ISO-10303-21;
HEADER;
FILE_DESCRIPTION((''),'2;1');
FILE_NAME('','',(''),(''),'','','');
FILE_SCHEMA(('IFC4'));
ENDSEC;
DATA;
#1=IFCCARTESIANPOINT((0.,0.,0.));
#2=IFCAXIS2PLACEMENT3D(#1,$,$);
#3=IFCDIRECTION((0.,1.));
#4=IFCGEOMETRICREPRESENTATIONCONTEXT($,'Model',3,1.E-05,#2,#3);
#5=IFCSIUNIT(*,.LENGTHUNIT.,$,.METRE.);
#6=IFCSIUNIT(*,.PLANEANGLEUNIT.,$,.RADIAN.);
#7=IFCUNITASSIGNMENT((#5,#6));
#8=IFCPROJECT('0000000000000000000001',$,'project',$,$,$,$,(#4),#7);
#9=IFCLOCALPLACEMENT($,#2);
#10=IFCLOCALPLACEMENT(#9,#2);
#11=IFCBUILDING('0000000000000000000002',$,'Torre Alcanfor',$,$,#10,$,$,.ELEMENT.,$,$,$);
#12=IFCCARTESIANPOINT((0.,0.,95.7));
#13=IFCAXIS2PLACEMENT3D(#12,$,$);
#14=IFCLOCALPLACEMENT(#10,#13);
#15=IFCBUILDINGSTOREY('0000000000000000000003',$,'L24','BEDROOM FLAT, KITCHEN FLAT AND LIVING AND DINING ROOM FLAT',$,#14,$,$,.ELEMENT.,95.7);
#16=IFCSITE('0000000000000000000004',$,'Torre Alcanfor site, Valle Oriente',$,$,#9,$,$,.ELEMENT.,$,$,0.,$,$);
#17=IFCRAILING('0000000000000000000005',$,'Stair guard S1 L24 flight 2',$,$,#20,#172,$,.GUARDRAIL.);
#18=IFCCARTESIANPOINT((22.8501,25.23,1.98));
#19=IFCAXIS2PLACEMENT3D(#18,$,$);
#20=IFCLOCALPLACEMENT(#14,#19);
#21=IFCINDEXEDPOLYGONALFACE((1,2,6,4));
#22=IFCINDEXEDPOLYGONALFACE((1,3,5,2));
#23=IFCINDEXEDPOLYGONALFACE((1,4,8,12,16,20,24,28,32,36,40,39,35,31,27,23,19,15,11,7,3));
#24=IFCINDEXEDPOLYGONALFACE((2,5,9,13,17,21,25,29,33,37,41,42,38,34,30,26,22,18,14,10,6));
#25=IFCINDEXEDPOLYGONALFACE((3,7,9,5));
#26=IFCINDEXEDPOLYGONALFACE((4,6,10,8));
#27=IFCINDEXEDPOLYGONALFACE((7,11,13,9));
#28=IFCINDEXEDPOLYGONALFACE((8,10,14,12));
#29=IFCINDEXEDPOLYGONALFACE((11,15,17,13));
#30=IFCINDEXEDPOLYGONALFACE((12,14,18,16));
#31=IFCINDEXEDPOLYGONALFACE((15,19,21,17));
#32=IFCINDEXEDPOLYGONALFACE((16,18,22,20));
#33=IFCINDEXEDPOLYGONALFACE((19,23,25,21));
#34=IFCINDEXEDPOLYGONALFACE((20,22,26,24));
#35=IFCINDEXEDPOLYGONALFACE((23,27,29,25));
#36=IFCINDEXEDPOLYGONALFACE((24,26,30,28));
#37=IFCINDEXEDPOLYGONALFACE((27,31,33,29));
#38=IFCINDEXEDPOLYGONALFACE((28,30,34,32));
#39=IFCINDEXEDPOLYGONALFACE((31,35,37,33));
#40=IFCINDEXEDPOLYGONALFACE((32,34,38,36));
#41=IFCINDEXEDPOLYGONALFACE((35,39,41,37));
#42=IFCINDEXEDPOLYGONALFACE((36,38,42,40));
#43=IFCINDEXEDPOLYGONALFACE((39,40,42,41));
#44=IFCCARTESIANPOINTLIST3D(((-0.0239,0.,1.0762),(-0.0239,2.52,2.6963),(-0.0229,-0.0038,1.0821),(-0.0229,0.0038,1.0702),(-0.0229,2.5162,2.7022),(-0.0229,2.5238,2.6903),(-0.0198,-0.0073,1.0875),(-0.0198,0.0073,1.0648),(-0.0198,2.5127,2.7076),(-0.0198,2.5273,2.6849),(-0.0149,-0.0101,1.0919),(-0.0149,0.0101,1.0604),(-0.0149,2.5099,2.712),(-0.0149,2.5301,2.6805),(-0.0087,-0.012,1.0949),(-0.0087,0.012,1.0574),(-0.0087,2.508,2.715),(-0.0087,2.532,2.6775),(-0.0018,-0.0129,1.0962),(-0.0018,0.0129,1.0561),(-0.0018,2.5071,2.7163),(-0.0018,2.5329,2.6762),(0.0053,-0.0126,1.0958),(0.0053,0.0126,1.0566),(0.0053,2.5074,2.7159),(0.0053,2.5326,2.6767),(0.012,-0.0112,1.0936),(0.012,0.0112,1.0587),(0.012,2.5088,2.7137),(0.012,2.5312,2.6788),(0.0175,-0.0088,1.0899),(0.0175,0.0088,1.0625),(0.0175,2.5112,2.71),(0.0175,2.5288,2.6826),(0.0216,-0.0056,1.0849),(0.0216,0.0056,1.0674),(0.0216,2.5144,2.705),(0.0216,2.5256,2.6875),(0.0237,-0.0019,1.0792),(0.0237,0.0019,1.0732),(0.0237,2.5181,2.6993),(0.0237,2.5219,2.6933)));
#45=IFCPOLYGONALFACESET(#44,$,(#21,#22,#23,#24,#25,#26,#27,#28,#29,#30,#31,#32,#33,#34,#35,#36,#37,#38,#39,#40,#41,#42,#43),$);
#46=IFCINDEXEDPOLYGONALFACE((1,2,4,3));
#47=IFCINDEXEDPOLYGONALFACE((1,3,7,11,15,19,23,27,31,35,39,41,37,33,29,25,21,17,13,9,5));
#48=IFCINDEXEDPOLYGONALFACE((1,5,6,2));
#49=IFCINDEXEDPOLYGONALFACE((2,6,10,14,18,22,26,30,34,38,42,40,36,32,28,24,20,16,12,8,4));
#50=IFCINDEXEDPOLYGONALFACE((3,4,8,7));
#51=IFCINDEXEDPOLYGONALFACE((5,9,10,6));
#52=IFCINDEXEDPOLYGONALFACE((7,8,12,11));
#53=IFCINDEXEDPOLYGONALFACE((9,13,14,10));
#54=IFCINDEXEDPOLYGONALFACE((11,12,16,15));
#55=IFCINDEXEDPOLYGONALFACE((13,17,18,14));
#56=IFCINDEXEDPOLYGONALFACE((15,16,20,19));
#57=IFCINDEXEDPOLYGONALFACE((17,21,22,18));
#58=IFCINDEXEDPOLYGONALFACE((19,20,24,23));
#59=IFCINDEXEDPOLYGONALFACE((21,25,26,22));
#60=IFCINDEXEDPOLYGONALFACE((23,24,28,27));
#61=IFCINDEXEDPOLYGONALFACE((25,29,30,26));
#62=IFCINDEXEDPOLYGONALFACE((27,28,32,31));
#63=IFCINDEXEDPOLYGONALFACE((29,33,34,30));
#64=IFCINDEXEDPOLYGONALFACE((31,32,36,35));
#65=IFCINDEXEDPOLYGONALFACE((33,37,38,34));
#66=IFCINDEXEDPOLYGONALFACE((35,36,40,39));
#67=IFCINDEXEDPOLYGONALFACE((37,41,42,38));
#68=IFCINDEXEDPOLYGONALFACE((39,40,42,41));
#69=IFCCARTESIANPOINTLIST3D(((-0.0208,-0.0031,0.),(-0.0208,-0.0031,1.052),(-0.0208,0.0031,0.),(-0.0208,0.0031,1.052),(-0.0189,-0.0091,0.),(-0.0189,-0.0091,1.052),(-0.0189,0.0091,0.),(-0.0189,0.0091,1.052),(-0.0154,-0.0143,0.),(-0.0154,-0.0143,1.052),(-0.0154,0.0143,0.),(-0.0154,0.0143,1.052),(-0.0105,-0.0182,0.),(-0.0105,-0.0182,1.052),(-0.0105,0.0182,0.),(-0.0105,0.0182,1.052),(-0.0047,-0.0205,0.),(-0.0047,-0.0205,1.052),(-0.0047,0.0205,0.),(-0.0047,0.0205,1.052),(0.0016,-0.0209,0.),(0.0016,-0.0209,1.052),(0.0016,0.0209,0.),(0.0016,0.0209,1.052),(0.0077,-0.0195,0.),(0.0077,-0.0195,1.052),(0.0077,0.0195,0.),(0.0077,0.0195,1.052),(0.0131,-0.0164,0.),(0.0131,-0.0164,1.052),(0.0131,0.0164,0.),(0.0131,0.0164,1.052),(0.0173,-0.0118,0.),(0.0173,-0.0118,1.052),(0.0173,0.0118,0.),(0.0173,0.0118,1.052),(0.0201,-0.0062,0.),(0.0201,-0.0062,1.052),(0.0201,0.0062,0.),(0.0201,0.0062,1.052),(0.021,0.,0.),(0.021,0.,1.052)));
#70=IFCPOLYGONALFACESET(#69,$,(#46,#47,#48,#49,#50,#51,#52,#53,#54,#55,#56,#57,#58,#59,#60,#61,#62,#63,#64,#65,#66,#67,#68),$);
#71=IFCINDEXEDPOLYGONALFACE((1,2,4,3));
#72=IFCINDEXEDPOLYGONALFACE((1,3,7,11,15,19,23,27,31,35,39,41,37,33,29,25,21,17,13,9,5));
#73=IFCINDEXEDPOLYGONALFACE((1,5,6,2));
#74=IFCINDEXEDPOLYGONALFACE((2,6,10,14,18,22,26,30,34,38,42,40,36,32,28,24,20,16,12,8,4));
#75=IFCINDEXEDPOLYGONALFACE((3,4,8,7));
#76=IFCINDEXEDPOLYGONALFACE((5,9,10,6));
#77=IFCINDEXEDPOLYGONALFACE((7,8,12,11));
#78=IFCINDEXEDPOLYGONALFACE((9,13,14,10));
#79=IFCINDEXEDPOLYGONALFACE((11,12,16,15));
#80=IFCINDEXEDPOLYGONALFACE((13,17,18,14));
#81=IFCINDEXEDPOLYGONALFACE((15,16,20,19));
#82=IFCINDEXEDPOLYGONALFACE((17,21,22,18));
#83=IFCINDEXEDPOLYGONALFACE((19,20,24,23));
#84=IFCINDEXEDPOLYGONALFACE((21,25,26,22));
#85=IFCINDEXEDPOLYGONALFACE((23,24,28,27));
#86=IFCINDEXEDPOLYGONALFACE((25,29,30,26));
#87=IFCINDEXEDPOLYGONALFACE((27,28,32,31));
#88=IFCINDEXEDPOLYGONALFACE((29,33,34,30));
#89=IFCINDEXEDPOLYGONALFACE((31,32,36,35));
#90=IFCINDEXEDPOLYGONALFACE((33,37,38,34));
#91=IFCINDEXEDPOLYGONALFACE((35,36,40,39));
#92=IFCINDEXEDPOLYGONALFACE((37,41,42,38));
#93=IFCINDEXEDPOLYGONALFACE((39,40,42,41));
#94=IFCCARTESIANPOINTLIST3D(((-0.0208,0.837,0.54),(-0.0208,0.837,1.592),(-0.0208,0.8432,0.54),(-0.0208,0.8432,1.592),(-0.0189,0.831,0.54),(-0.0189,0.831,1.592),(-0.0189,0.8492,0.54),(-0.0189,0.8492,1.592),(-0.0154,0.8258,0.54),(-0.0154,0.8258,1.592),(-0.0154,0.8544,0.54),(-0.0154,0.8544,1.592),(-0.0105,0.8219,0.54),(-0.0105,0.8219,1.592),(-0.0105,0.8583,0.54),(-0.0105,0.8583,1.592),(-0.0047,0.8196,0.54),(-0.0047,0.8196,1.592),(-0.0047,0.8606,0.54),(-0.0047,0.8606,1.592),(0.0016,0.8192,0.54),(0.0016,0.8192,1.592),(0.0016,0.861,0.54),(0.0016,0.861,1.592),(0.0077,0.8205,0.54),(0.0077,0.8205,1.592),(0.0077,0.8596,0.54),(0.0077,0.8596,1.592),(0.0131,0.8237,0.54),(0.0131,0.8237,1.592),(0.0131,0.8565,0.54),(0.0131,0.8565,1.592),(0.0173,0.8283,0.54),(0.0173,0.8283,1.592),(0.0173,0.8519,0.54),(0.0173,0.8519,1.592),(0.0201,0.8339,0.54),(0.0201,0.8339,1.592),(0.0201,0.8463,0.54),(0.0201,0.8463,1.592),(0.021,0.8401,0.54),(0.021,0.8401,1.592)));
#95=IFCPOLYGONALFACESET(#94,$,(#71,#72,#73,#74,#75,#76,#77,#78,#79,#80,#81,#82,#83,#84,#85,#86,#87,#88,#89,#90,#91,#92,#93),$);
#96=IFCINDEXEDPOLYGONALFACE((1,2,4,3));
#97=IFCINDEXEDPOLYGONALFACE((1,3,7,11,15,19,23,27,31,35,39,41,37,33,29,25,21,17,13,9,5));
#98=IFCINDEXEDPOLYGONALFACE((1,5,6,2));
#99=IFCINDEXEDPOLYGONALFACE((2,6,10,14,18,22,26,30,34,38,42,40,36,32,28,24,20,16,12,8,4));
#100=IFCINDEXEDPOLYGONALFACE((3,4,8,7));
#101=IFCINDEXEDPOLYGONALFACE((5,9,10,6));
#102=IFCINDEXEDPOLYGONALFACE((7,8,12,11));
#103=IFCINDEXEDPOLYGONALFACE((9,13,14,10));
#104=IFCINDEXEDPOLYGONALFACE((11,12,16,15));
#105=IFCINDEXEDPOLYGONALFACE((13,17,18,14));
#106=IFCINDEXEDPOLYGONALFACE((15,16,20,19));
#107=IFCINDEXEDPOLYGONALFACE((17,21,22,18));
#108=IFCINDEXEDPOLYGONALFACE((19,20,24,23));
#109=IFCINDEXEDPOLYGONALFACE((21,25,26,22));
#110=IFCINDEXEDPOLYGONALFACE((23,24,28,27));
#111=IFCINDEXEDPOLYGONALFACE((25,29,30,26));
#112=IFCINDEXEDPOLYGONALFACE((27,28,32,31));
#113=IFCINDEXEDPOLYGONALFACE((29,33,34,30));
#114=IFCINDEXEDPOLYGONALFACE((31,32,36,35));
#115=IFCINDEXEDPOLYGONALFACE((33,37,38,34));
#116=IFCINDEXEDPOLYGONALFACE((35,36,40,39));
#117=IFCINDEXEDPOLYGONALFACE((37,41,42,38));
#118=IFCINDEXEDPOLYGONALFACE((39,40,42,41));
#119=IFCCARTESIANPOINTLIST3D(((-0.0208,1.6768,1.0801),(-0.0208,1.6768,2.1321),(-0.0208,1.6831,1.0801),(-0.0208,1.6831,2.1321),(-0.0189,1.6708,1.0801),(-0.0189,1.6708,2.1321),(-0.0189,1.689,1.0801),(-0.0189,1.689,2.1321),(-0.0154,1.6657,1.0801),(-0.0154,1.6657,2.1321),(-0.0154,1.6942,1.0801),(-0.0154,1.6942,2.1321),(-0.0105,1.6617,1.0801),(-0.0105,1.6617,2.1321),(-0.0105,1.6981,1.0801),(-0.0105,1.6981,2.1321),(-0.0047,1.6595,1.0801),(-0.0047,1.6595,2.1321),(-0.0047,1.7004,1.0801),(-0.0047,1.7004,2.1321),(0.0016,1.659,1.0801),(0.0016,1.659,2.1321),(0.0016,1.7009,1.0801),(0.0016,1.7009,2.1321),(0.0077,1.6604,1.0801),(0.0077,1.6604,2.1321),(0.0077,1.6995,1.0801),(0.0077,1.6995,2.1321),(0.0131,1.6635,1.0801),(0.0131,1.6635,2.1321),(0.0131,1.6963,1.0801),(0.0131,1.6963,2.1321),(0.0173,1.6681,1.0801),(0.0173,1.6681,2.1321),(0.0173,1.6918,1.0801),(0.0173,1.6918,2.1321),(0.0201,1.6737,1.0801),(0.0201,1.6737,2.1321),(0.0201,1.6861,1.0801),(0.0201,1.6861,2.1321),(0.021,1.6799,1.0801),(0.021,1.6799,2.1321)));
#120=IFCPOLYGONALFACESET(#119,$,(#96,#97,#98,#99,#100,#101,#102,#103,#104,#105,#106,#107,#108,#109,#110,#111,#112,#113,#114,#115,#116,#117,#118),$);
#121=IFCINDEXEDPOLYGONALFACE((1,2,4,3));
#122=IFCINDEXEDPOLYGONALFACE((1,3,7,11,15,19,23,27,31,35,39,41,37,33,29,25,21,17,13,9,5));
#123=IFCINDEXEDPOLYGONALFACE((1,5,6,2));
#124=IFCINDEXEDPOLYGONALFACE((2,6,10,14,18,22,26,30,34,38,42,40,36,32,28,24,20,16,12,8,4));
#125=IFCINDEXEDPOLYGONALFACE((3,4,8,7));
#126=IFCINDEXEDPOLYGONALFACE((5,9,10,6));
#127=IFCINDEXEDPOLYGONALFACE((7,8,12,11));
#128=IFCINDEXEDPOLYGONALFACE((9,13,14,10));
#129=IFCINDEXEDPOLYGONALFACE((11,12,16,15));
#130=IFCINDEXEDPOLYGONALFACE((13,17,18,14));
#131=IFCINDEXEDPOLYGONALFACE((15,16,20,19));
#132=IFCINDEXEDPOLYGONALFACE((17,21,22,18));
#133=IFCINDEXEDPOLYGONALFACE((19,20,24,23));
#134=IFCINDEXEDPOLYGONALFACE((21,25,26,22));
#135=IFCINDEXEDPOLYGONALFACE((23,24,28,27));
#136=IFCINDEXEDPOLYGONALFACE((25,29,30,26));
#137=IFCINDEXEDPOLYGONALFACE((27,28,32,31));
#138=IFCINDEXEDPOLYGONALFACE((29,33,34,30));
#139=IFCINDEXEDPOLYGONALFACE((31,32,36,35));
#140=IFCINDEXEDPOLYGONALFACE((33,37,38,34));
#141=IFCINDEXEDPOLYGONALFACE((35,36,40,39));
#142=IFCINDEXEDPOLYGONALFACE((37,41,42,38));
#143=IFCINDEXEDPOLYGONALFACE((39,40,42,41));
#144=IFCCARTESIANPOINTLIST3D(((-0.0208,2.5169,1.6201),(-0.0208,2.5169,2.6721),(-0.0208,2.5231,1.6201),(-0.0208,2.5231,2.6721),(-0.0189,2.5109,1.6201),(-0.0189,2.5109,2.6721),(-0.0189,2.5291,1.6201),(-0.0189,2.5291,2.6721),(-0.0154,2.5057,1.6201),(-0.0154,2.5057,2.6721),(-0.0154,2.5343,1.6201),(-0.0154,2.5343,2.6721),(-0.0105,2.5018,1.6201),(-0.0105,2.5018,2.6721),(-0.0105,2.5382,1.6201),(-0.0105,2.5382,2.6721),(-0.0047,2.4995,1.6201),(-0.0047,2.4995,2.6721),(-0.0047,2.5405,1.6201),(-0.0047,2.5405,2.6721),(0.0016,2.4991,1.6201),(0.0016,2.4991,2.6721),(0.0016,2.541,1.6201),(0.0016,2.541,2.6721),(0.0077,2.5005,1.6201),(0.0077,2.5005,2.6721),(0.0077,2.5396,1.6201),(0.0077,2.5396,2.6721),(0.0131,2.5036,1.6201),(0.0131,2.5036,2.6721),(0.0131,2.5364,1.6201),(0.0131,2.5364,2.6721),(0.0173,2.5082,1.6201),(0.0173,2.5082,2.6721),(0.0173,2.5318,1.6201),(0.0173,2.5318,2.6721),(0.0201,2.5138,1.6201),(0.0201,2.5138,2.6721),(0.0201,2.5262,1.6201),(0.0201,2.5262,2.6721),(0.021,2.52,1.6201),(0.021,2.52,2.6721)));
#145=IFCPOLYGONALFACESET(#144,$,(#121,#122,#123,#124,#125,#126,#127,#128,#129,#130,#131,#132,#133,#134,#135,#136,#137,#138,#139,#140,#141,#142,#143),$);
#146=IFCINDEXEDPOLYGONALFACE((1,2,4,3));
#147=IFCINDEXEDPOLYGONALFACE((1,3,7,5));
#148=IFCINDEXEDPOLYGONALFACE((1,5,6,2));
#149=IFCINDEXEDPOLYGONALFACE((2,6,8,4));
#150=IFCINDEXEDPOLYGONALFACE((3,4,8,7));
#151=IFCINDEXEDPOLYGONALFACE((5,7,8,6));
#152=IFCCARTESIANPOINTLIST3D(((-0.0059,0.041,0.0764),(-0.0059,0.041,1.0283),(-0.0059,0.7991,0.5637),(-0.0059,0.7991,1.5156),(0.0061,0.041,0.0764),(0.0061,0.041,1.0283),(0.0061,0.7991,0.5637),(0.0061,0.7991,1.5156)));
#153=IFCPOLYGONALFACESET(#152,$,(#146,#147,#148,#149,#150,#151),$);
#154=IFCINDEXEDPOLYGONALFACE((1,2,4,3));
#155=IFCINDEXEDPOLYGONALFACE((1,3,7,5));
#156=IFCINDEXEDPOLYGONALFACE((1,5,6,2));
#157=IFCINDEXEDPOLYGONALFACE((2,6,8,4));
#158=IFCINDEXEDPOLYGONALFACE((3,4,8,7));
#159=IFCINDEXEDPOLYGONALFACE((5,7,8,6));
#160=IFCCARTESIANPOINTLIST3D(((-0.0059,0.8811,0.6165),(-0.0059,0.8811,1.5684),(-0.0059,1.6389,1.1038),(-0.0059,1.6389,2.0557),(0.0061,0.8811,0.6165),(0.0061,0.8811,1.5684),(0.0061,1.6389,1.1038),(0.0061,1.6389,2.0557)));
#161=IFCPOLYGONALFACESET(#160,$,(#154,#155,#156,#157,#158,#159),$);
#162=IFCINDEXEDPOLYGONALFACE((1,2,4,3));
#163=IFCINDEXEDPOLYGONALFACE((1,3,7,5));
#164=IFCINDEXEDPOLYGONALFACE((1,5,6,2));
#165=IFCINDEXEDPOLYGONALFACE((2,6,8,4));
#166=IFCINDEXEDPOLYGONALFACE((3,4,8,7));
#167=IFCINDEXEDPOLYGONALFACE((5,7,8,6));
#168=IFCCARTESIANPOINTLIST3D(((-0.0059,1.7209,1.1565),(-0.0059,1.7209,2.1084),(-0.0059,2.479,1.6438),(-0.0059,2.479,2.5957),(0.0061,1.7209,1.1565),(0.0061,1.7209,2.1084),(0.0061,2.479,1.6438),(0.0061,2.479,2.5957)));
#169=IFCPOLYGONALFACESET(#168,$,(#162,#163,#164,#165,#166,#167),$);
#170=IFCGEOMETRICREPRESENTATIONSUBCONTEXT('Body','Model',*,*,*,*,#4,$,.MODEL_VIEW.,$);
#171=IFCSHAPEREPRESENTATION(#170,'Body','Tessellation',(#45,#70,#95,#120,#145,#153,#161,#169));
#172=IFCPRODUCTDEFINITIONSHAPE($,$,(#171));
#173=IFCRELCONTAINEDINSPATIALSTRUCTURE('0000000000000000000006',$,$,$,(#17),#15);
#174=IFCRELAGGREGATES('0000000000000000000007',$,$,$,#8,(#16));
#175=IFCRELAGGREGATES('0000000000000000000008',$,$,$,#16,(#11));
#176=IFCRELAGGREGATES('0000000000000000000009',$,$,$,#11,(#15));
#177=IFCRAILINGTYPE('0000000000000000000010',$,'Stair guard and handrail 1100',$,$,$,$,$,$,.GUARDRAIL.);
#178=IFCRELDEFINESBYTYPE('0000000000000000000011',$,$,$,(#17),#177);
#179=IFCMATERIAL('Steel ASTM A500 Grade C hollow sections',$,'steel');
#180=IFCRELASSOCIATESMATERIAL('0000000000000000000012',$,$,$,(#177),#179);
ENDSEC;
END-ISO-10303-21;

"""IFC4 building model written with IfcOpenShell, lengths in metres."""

from ifc_helpers import new_model, si_unit, direction, frame, origin, origin_2d, place, context, subcontext, project, spatial, polyline, circle, outline, extrude, material, type_object, element, save


model = new_model("IFC4")

# Units and contexts
model_context = context("Model", 3, precision=1e-05, world=origin(), true_north=direction((0.0, 1.0)))
body_context = subcontext(model_context, "Body", "Model", "MODEL_VIEW")
ifc_project = project(units=[si_unit("LENGTHUNIT", "METRE"), si_unit("PLANEANGLEUNIT", "RADIAN")], contexts=[model_context])

# Site, building, storey
site_placement = place(None, origin())
site = spatial("IfcSite", under=ifc_project, at=site_placement, Name="Torre Alcanfor site, Valle Oriente", CompositionType="ELEMENT", RefElevation=0.0)
building_placement = place(site_placement, origin())
building = spatial("IfcBuilding", under=site, at=building_placement, Name="Torre Alcanfor", CompositionType="ELEMENT")
storey_placement = place(building_placement, frame((0.0, 0.0, 95.7)))
storey = spatial("IfcBuildingStorey", under=building, at=storey_placement, Name="L24", Description="BEDROOM FLAT, KITCHEN FLAT AND LIVING AND DINING ROOM FLAT", CompositionType="ELEMENT", Elevation=95.7)

# Railing
ifc_material_1 = material(Name="Steel ASTM A500 Grade C hollow sections", Category="steel")
railing_type_1 = type_object("IfcRailingType", Name="Stair guard and handrail 1100", PredefinedType="GUARDRAIL", material=ifc_material_1)
railing_1_placement = place(storey_placement, frame((22.8501, 25.23, 1.98)))
element("IfcRailing", 1, at=railing_1_placement, inside=storey, type_object=railing_type_1, Name="Stair guard S1 L24 flight 2", PredefinedType="GUARDRAIL", context=body_context, shape_type="SweptSolid", body=[
    extrude(circle(Radius=0.0239, at=origin_2d()), frame((0.0, 0.0, 1.0762), z_axis=(0.0, 0.841163, 0.540782), x_axis=(-1.0, 0.0, 0.0)), (0.0, 0.0, 1.0), 2.9958),
    extrude(circle(Radius=0.021, at=origin_2d()), origin(), (0.0, 0.0, 1.0), 1.052),
    extrude(circle(Radius=0.021, at=origin_2d()), frame((0.0, 0.8401, 0.54)), (0.0, 0.0, 1.0), 1.052),
    extrude(circle(Radius=0.021, at=origin_2d()), frame((0.0, 1.6799, 1.0801)), (0.0, 0.0, 1.0), 1.052),
    extrude(circle(Radius=0.021, at=origin_2d()), frame((0.0, 2.52, 1.6201)), (0.0, 0.0, 1.0), 1.052),
    extrude(outline(polyline([(0.041, 0.0764), (0.7991, 0.5637), (0.7991, 1.5156), (0.041, 1.0283), (0.041, 0.0764)])), frame((-0.0059, 0.0, 0.0), z_axis=(1.0, 0.0, 0.0), x_axis=(0.0, 1.0, 0.0)), (0.0, 0.0, 1.0), 0.012),
    extrude(outline(polyline([(0.8811, 0.6165), (1.6389, 1.1038), (1.6389, 2.0557), (0.8811, 1.5684), (0.8811, 0.6165)])), frame((-0.0059, 0.0, 0.0), z_axis=(1.0, 0.0, 0.0), x_axis=(0.0, 1.0, 0.0)), (0.0, 0.0, 1.0), 0.012),
    extrude(outline(polyline([(1.7209, 1.1565), (2.479, 1.6438), (2.479, 2.5957), (1.7209, 2.1084), (1.7209, 1.1565)])), frame((-0.0059, 0.0, 0.0), z_axis=(1.0, 0.0, 0.0), x_axis=(0.0, 1.0, 0.0)), (0.0, 0.0, 1.0), 0.012),
])

save(model, "model.ifc")
